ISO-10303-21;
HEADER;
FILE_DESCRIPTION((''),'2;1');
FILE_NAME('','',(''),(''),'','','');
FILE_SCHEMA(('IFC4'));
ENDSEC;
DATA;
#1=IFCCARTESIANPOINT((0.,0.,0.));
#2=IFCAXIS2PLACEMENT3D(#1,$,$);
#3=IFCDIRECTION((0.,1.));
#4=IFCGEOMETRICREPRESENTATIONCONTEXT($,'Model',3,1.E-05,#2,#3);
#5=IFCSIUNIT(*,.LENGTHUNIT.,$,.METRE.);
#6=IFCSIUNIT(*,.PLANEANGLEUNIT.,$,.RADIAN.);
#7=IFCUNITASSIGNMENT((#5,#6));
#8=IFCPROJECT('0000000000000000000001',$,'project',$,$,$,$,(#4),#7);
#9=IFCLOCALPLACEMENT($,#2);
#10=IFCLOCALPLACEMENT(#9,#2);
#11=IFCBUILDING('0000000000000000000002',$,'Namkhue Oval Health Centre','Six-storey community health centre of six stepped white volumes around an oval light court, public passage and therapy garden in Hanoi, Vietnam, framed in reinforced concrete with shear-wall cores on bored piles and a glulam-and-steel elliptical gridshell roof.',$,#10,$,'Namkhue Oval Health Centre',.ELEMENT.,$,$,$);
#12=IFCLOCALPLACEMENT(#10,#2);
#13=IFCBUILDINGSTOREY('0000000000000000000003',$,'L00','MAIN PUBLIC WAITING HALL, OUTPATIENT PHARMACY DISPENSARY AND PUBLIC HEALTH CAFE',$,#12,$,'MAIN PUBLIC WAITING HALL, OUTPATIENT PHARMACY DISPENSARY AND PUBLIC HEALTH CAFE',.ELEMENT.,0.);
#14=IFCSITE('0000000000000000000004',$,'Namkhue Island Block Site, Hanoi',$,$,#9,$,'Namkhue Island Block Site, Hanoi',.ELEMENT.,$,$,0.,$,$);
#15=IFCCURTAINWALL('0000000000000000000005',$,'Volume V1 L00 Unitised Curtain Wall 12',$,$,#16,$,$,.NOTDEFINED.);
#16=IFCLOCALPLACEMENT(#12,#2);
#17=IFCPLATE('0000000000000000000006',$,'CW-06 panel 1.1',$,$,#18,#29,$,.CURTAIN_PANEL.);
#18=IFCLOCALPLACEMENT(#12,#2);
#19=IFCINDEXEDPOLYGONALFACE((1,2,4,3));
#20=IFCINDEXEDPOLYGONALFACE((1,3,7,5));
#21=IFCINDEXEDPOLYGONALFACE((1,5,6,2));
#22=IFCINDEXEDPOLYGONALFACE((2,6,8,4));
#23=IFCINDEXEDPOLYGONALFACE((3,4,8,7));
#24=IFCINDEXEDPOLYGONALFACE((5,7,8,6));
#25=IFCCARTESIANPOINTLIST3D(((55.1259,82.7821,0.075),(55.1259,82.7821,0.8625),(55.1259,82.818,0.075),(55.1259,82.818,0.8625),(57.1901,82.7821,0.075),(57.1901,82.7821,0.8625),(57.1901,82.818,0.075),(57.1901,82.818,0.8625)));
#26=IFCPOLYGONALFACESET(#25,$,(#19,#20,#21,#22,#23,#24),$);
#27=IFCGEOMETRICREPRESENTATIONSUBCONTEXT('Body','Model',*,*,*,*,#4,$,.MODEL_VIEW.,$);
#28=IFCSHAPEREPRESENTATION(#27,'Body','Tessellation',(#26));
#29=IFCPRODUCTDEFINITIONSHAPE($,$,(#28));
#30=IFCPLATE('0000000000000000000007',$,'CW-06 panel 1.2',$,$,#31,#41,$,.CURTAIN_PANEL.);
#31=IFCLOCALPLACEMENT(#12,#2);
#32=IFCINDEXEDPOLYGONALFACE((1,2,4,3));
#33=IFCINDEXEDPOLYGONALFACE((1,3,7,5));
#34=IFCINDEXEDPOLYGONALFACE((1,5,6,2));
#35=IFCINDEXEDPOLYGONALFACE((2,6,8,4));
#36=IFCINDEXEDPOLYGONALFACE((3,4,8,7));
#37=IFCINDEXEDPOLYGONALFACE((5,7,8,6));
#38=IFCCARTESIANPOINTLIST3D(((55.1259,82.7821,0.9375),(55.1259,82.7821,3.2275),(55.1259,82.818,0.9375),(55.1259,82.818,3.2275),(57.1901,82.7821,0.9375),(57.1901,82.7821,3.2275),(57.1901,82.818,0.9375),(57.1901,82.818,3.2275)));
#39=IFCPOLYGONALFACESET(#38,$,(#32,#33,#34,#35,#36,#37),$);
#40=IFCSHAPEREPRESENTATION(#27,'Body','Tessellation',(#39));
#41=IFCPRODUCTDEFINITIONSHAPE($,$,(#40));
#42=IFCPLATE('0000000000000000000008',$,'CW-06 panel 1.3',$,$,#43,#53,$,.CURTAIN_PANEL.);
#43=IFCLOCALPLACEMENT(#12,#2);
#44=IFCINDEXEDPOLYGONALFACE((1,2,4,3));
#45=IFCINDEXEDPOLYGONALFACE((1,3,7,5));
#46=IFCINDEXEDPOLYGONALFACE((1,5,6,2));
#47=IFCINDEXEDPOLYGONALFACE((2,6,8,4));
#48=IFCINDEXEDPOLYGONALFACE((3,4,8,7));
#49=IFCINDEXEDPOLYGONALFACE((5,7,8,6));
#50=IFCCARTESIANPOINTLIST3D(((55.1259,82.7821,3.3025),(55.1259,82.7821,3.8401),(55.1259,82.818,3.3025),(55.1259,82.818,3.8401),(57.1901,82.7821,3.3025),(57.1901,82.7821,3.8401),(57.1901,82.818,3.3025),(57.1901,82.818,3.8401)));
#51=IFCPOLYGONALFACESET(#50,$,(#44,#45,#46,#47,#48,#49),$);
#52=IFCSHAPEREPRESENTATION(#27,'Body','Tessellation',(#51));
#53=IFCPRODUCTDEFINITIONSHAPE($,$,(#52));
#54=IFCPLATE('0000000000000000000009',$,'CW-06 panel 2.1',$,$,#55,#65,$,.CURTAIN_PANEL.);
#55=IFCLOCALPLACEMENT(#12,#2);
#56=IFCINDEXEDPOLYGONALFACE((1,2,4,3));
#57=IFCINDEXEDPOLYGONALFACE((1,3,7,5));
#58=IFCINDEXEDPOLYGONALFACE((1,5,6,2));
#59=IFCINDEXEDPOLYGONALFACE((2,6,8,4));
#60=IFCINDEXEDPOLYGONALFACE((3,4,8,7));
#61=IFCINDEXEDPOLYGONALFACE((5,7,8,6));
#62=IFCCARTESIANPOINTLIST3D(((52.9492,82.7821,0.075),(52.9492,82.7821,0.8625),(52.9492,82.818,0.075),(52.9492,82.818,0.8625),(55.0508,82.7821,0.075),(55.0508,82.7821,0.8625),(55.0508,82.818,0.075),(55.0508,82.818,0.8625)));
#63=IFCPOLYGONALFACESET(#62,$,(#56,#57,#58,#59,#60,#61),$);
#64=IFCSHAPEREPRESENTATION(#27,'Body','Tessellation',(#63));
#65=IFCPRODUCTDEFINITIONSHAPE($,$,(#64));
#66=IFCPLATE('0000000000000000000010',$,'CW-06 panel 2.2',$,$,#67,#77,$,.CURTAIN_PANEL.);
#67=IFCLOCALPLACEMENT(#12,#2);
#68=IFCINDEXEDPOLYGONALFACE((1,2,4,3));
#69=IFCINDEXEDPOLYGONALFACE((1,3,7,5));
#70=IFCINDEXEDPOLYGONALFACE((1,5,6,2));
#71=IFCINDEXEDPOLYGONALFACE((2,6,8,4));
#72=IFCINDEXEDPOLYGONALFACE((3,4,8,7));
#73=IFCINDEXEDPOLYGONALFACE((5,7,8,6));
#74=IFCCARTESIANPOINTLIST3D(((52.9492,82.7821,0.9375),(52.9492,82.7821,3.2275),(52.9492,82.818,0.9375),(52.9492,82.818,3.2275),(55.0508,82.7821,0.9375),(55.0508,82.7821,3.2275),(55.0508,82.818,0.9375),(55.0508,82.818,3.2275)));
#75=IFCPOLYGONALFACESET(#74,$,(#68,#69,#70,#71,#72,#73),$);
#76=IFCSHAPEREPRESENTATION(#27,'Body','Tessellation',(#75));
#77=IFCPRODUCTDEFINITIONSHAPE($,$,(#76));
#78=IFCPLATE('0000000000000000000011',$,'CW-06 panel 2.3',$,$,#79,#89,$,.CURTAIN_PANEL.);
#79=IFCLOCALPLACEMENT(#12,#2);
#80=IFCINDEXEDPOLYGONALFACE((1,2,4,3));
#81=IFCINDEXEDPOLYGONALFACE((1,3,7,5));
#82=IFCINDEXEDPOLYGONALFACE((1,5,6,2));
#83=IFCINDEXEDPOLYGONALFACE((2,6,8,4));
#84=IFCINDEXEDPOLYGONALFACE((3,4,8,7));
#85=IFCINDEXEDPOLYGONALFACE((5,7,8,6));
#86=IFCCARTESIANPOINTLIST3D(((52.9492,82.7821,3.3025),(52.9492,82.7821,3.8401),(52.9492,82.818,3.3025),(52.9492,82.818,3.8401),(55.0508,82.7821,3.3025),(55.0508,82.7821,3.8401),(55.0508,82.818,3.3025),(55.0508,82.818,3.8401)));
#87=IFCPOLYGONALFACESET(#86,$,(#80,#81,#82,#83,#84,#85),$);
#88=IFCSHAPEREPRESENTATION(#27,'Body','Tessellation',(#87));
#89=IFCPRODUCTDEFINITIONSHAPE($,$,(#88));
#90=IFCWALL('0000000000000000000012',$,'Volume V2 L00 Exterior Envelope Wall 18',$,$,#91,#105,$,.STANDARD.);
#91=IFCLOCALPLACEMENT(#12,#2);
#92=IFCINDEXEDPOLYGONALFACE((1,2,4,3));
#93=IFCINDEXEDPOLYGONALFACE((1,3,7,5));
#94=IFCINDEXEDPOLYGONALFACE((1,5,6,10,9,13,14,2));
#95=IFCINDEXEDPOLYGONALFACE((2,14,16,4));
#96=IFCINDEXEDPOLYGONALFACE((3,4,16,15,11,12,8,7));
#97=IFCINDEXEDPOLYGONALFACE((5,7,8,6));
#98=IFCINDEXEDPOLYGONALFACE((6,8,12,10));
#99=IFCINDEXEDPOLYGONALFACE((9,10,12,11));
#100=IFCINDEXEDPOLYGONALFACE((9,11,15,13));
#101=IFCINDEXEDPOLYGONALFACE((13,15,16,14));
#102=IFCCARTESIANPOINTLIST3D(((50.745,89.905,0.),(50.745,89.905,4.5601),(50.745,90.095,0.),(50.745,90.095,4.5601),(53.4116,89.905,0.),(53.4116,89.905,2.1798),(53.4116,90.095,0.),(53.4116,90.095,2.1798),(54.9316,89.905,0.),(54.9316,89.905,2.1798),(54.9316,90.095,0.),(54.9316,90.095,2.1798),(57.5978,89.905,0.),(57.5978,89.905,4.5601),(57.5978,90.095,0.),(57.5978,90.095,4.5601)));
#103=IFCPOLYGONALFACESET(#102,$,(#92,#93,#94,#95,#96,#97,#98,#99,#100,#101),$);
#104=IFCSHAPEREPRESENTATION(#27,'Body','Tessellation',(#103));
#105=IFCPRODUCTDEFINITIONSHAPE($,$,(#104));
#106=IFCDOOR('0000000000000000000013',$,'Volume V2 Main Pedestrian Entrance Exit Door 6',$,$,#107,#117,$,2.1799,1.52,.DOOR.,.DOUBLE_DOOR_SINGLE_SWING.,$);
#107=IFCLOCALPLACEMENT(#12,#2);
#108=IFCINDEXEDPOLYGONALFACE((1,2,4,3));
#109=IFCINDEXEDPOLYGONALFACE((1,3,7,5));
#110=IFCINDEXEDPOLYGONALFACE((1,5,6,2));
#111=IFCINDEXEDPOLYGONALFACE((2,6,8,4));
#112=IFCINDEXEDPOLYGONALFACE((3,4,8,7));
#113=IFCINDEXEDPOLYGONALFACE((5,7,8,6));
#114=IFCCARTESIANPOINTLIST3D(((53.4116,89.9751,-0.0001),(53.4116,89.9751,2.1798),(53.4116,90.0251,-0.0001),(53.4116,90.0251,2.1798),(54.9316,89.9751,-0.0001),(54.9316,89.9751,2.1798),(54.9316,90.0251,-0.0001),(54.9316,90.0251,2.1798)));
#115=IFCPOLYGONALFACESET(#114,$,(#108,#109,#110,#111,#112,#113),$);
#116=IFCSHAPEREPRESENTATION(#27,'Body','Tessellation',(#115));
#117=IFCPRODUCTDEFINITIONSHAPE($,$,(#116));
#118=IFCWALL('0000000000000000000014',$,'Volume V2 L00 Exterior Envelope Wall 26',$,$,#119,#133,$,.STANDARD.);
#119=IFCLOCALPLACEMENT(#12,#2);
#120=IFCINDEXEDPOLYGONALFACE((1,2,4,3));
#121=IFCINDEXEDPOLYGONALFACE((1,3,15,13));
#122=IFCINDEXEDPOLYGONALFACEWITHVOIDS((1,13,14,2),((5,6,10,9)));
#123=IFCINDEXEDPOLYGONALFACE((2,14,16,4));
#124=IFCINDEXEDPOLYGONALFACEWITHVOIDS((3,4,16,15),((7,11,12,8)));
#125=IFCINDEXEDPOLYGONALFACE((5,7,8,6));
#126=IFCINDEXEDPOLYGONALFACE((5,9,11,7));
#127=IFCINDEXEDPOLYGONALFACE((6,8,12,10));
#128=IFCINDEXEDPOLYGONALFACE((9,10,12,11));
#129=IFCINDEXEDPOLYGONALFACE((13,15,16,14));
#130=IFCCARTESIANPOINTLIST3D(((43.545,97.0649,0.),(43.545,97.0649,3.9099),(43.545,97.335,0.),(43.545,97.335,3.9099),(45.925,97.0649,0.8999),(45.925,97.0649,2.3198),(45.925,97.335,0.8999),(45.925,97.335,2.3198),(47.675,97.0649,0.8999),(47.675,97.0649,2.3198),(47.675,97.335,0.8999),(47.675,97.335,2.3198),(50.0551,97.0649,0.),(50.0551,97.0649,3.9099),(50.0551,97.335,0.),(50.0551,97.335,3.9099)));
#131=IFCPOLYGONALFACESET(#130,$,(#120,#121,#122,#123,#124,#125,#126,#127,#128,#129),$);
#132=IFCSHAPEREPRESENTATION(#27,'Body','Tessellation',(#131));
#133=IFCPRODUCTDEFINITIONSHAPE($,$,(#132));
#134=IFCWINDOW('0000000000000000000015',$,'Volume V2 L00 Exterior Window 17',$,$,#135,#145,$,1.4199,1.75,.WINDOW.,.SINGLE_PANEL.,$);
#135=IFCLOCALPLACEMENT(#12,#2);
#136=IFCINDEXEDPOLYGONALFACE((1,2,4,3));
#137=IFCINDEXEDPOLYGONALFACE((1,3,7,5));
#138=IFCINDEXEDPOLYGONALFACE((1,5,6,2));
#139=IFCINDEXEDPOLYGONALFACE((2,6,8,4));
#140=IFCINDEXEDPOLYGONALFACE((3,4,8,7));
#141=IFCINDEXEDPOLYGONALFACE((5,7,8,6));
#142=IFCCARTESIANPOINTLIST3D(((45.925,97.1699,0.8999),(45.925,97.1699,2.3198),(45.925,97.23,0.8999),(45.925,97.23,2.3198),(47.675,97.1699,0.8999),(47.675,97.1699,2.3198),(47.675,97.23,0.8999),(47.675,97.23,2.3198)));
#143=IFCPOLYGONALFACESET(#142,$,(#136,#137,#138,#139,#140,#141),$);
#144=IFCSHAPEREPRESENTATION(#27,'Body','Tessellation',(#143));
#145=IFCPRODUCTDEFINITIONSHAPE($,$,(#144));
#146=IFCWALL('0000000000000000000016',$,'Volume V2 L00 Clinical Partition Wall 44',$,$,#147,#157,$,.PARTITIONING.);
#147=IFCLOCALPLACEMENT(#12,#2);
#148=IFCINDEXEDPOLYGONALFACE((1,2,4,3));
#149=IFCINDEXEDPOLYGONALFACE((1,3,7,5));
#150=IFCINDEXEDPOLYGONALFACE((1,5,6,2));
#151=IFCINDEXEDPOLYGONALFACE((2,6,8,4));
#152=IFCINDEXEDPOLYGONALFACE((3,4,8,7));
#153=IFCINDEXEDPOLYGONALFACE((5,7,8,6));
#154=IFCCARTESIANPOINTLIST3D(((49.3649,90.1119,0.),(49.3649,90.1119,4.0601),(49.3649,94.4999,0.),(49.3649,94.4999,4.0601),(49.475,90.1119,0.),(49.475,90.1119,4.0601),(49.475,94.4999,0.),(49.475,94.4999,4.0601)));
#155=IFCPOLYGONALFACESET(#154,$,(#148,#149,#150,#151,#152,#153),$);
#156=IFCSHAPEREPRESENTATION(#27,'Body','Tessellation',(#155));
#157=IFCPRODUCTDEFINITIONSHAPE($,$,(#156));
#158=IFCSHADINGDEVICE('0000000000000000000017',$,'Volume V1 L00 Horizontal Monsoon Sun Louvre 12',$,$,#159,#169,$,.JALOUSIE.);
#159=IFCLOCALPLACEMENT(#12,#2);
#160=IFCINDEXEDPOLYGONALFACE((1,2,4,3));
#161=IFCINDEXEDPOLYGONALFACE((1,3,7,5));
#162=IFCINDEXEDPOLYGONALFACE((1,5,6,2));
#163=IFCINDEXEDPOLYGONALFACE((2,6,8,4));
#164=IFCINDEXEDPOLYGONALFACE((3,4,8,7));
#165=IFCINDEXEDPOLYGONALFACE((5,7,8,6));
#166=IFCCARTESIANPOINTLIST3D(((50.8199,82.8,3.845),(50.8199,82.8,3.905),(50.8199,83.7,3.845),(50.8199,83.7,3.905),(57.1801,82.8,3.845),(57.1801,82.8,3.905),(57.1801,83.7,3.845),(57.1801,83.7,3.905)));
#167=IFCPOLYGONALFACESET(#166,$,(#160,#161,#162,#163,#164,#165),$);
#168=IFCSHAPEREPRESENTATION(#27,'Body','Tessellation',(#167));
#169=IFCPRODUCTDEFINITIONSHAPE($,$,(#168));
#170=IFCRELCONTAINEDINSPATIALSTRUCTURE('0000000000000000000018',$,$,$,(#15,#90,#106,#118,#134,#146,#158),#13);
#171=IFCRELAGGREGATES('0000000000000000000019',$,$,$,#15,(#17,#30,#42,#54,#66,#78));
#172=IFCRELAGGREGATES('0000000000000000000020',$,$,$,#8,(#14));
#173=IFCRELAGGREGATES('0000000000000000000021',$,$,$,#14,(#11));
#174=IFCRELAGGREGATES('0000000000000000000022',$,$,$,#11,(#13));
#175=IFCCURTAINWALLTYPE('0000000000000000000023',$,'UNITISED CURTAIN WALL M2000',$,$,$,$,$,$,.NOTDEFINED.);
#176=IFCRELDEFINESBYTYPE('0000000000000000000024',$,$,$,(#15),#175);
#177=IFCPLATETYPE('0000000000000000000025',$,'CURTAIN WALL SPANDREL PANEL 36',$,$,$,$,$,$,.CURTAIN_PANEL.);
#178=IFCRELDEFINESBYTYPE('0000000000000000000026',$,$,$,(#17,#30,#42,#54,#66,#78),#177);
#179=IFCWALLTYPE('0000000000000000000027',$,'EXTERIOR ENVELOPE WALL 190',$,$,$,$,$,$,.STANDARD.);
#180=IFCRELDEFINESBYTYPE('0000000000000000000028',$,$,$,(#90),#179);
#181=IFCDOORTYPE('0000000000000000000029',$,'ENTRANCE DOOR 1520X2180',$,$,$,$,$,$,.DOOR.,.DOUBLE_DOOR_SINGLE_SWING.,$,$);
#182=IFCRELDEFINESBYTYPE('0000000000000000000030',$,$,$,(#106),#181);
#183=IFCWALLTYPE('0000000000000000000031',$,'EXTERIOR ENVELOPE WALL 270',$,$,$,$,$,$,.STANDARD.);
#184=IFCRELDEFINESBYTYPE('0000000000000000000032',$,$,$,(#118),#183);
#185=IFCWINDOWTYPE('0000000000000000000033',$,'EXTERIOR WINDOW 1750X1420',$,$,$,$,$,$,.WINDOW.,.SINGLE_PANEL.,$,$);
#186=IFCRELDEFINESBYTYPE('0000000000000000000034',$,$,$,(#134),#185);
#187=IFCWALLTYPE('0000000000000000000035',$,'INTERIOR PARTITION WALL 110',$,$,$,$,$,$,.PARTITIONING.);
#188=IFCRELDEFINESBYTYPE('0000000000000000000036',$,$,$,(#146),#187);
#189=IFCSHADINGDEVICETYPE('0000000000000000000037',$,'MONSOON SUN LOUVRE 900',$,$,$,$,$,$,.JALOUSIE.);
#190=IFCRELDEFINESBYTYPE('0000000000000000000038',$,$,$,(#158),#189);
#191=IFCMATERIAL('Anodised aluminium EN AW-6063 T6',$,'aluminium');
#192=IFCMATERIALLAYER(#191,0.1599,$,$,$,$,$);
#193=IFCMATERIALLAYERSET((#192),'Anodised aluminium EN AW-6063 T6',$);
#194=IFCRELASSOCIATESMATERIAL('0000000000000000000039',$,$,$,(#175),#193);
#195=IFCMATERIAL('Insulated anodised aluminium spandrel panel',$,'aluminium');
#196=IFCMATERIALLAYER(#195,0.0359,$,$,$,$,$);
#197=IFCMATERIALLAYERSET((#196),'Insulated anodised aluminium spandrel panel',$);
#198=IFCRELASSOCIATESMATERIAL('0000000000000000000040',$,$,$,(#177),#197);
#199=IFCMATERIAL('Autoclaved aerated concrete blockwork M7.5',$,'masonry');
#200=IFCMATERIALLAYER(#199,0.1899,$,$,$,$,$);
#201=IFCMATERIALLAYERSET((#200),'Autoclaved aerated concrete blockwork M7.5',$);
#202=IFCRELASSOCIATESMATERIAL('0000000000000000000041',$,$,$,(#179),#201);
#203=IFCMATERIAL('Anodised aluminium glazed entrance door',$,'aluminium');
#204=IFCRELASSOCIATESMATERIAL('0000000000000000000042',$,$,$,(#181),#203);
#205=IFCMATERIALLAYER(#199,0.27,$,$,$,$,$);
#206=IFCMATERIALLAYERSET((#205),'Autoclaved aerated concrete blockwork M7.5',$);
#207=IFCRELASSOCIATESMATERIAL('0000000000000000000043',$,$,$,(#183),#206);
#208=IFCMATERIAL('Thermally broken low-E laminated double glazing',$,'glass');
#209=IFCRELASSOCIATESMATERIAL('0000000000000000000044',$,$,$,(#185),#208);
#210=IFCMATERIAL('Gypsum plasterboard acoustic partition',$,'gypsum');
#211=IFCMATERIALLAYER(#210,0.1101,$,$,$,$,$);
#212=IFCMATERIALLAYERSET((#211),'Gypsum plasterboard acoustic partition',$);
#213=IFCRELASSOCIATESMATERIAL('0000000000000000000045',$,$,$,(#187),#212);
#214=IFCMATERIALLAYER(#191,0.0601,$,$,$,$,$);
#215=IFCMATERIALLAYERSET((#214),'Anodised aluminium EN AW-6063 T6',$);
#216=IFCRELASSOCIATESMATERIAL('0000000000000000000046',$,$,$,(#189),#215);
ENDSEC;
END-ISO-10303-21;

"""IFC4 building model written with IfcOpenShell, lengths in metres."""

from ifc_helpers import new_model, si_unit, direction, frame, frame_2d, origin, origin_2d, place, context, subcontext, project, spatial, rectangle, extrude, material, layer, layer_set, type_object, element, fill, aggregate, save


model = new_model("IFC4")

# Units and contexts
model_context = context("Model", 3, precision=1e-05, world=origin(), true_north=direction((0.0, 1.0)))
body_context = subcontext(model_context, "Body", "Model", "MODEL_VIEW")
ifc_project = project(units=[si_unit("LENGTHUNIT", "METRE"), si_unit("PLANEANGLEUNIT", "RADIAN")], contexts=[model_context])

# Site, building, storey
site_placement = place(None, origin())
site = spatial("IfcSite", under=ifc_project, at=site_placement, Name="Namkhue Island Block Site, Hanoi", LongName="Namkhue Island Block Site, Hanoi", CompositionType="ELEMENT", RefElevation=0.0)
building_placement = place(site_placement, origin())
building = spatial("IfcBuilding", under=site, at=building_placement, Name="Namkhue Oval Health Centre", Description="Six-storey community health centre of six stepped white volumes around an oval light court, public passage and therapy garden in Hanoi, Vietnam, framed in reinforced concrete with shear-wall cores on bored piles and a glulam-and-steel elliptical gridshell roof.", LongName="Namkhue Oval Health Centre", CompositionType="ELEMENT")
storey_placement = place(building_placement, origin())
storey = spatial("IfcBuildingStorey", under=building, at=storey_placement, Name="L00", Description="MAIN PUBLIC WAITING HALL, OUTPATIENT PHARMACY DISPENSARY AND PUBLIC HEALTH CAFE", LongName="MAIN PUBLIC WAITING HALL, OUTPATIENT PHARMACY DISPENSARY AND PUBLIC HEALTH CAFE", CompositionType="ELEMENT", Elevation=0.0)

# Curtain wall
ifc_material_1 = material(Name="Anodised aluminium EN AW-6063 T6", Category="aluminium")
ifc_layer_1 = layer(ifc_material_1, 0.1599)
ifc_layer_set_1 = layer_set([ifc_layer_1], Name="Anodised aluminium EN AW-6063 T6")
curtain_wall_type = type_object("IfcCurtainWallType", Name="UNITISED CURTAIN WALL M2000", PredefinedType="NOTDEFINED", material=ifc_layer_set_1)
curtain_wall_placement = place(storey_placement, origin())
curtain_wall = element("IfcCurtainWall", 1, at=curtain_wall_placement, inside=storey, type_object=curtain_wall_type, Name="Volume V1 L00 Unitised Curtain Wall 12", PredefinedType="NOTDEFINED")

# Plates
ifc_material_2 = material(Name="Insulated anodised aluminium spandrel panel", Category="aluminium")
ifc_layer_2 = layer(ifc_material_2, 0.0359)
ifc_layer_set_2 = layer_set([ifc_layer_2], Name="Insulated anodised aluminium spandrel panel")
plate_type = type_object("IfcPlateType", Name="CURTAIN WALL SPANDREL PANEL 36", PredefinedType="CURTAIN_PANEL", material=ifc_layer_set_2)
plate_1_placement = place(storey_placement, frame((56.158, 82.8, 0.075), z_axis=(0.0, 0.0, 1.0), x_axis=(-1.0, 0.0, 0.0)))
plate_1 = element("IfcPlate", 2, at=plate_1_placement, type_object=plate_type, Name="CW-06 panel 1.1", PredefinedType="CURTAIN_PANEL", context=body_context, shape_type="SweptSolid", body=[
    extrude(rectangle(XDim=2.0642, YDim=0.0359, at=origin_2d()), origin(), (0.0, 0.0, 1.0), 0.7876),
])
plate_2_placement = place(storey_placement, frame((56.158, 82.8, 0.9375), z_axis=(0.0, 0.0, 1.0), x_axis=(-1.0, 0.0, 0.0)))
plate_2 = element("IfcPlate", 3, at=plate_2_placement, type_object=plate_type, Name="CW-06 panel 1.2", PredefinedType="CURTAIN_PANEL", context=body_context, shape_type="SweptSolid", body=[
    extrude(rectangle(XDim=2.0642, YDim=0.0359, at=origin_2d()), origin(), (0.0, 0.0, 1.0), 2.29),
])
plate_3_placement = place(storey_placement, frame((56.158, 82.8, 3.3025), z_axis=(0.0, 0.0, 1.0), x_axis=(-1.0, 0.0, 0.0)))
plate_3 = element("IfcPlate", 4, at=plate_3_placement, type_object=plate_type, Name="CW-06 panel 1.3", PredefinedType="CURTAIN_PANEL", context=body_context, shape_type="SweptSolid", body=[
    extrude(rectangle(XDim=2.0642, YDim=0.0359, at=origin_2d()), origin(), (0.0, 0.0, 1.0), 0.5376),
])
plate_4_placement = place(storey_placement, frame((54.0, 82.8, 0.075), z_axis=(0.0, 0.0, 1.0), x_axis=(-1.0, 0.0, 0.0)))
plate_4 = element("IfcPlate", 5, at=plate_4_placement, type_object=plate_type, Name="CW-06 panel 2.1", PredefinedType="CURTAIN_PANEL", context=body_context, shape_type="SweptSolid", body=[
    extrude(rectangle(XDim=2.1016, YDim=0.0359, at=origin_2d()), origin(), (0.0, 0.0, 1.0), 0.7876),
])
plate_5_placement = place(storey_placement, frame((54.0, 82.8, 0.9375), z_axis=(0.0, 0.0, 1.0), x_axis=(-1.0, 0.0, 0.0)))
plate_5 = element("IfcPlate", 6, at=plate_5_placement, type_object=plate_type, Name="CW-06 panel 2.2", PredefinedType="CURTAIN_PANEL", context=body_context, shape_type="SweptSolid", body=[
    extrude(rectangle(XDim=2.1016, YDim=0.0359, at=origin_2d()), origin(), (0.0, 0.0, 1.0), 2.29),
])
plate_6_placement = place(storey_placement, frame((54.0, 82.8, 3.3025), z_axis=(0.0, 0.0, 1.0), x_axis=(-1.0, 0.0, 0.0)))
plate_6 = element("IfcPlate", 7, at=plate_6_placement, type_object=plate_type, Name="CW-06 panel 2.3", PredefinedType="CURTAIN_PANEL", context=body_context, shape_type="SweptSolid", body=[
    extrude(rectangle(XDim=2.1016, YDim=0.0359, at=origin_2d()), origin(), (0.0, 0.0, 1.0), 0.5376),
])
aggregate(curtain_wall, [plate_1, plate_2, plate_3, plate_4, plate_5, plate_6])

# Wall, opening, door
ifc_material_3 = material(Name="Autoclaved aerated concrete blockwork M7.5", Category="masonry")
ifc_layer_3 = layer(ifc_material_3, 0.1899)
ifc_layer_set_3 = layer_set([ifc_layer_3], Name="Autoclaved aerated concrete blockwork M7.5")
wall_type_1 = type_object("IfcWallType", Name="EXTERIOR ENVELOPE WALL 190", PredefinedType="STANDARD", material=ifc_layer_set_3)
wall_1_placement = place(storey_placement, frame((50.7451, 90.0, 0.0), z_axis=(0.0, 0.0, 1.0), x_axis=(1.0, 0.0, 0.0)))
wall_1 = element("IfcWall", 8, at=wall_1_placement, inside=storey, type_object=wall_type_1, Name="Volume V2 L00 Exterior Envelope Wall 18", PredefinedType="STANDARD", context=body_context, shape_type="SweptSolid", body=[
    extrude(rectangle(XDim=6.8528, YDim=0.1899, at=frame_2d((3.4263, 0.0))), origin(), (0.0, 0.0, 1.0), 4.5601),
])
opening_1_placement = place(wall_1_placement, frame((2.6665, 0.0, 0.0)))
opening_1 = element("IfcOpeningElement", 9, at=opening_1_placement, cuts=wall_1, PredefinedType="OPENING", context=body_context, shape_type="SweptSolid", body=[
    extrude(rectangle(XDim=1.52, YDim=2.1799, at=frame_2d((0.76, 1.0898))), frame((0.0, 0.105, 0.0), z_axis=(0.0, -1.0, 0.0), x_axis=(1.0, 0.0, 0.0)), (0.0, 0.0, 1.0), 0.21),
])
ifc_material_4 = material(Name="Anodised aluminium glazed entrance door", Category="aluminium")
door_type = type_object("IfcDoorType", Name="ENTRANCE DOOR 1520X2180", OperationType="DOUBLE_DOOR_SINGLE_SWING", PredefinedType="DOOR", material=ifc_material_4)
door_placement = place(opening_1_placement, frame((1.52, 0.0, 0.0), z_axis=(0.0, 0.0, 1.0), x_axis=(-1.0, 0.0, 0.0)))
door = element("IfcDoor", 10, at=door_placement, inside=storey, type_object=door_type, Name="Volume V2 Main Pedestrian Entrance Exit Door 6", OperationType="DOUBLE_DOOR_SINGLE_SWING", OverallHeight=2.1799, OverallWidth=1.52, PredefinedType="DOOR", context=body_context, shape_type="SweptSolid", body=[
    extrude(rectangle(XDim=1.52, YDim=2.1799, at=frame_2d((0.76, 1.0898))), frame((0.0, 0.0249, 0.0), z_axis=(0.0, -1.0, 0.0), x_axis=(1.0, 0.0, 0.0)), (0.0, 0.0, 1.0), 0.05),
])
fill(opening_1, door)

# Wall, opening, window
ifc_layer_4 = layer(ifc_material_3, 0.27)
ifc_layer_set_4 = layer_set([ifc_layer_4], Name="Autoclaved aerated concrete blockwork M7.5")
wall_type_2 = type_object("IfcWallType", Name="EXTERIOR ENVELOPE WALL 270", PredefinedType="STANDARD", material=ifc_layer_set_4)
wall_2_placement = place(storey_placement, frame((50.0549, 97.2, 0.0), z_axis=(0.0, 0.0, 1.0), x_axis=(-1.0, 0.0, 0.0)))
wall_2 = element("IfcWall", 11, at=wall_2_placement, inside=storey, type_object=wall_type_2, Name="Volume V2 L00 Exterior Envelope Wall 26", PredefinedType="STANDARD", context=body_context, shape_type="SweptSolid", body=[
    extrude(rectangle(XDim=6.51, YDim=0.27, at=frame_2d((3.2549, 0.0))), origin(), (0.0, 0.0, 1.0), 3.9099),
])
opening_2_placement = place(wall_2_placement, frame((2.3799, 0.0, 0.8999)))
opening_2 = element("IfcOpeningElement", 12, at=opening_2_placement, cuts=wall_2, PredefinedType="OPENING", context=body_context, shape_type="SweptSolid", body=[
    extrude(rectangle(XDim=1.75, YDim=1.4199, at=frame_2d((0.875, 0.71))), frame((0.0, 0.145, 0.0), z_axis=(0.0, -1.0, 0.0), x_axis=(1.0, 0.0, 0.0)), (0.0, 0.0, 1.0), 0.29),
])
ifc_material_5 = material(Name="Thermally broken low-E laminated double glazing", Category="glass")
window_type = type_object("IfcWindowType", Name="EXTERIOR WINDOW 1750X1420", PartitioningType="SINGLE_PANEL", PredefinedType="WINDOW", material=ifc_material_5)
window_placement = place(opening_2_placement, origin())
window = element("IfcWindow", 13, at=window_placement, inside=storey, type_object=window_type, Name="Volume V2 L00 Exterior Window 17", OverallHeight=1.4199, OverallWidth=1.75, PartitioningType="SINGLE_PANEL", PredefinedType="WINDOW", context=body_context, shape_type="SweptSolid", body=[
    extrude(rectangle(XDim=1.75, YDim=1.4199, at=frame_2d((0.875, 0.71))), frame((0.0, 0.03, 0.0), z_axis=(0.0, -1.0, 0.0), x_axis=(1.0, 0.0, 0.0)), (0.0, 0.0, 1.0), 0.0601),
])
fill(opening_2, window)

# Wall
ifc_material_6 = material(Name="Gypsum plasterboard acoustic partition", Category="gypsum")
ifc_layer_5 = layer(ifc_material_6, 0.1101)
ifc_layer_set_5 = layer_set([ifc_layer_5], Name="Gypsum plasterboard acoustic partition")
wall_type_3 = type_object("IfcWallType", Name="INTERIOR PARTITION WALL 110", PredefinedType="PARTITIONING", material=ifc_layer_set_5)
wall_3_placement = place(storey_placement, frame((49.4199, 90.1121, 0.0), z_axis=(0.0, 0.0, 1.0), x_axis=(0.0, 1.0, 0.0)))
element("IfcWall", 14, at=wall_3_placement, inside=storey, type_object=wall_type_3, Name="Volume V2 L00 Clinical Partition Wall 44", PredefinedType="PARTITIONING", context=body_context, shape_type="SweptSolid", body=[
    extrude(rectangle(XDim=4.3879, YDim=0.1101, at=frame_2d((2.1938, 0.0))), origin(), (0.0, 0.0, 1.0), 4.0601),
])

# Shading device
ifc_layer_6 = layer(ifc_material_1, 0.0601)
ifc_layer_set_6 = layer_set([ifc_layer_6], Name="Anodised aluminium EN AW-6063 T6")
shading_device_type = type_object("IfcShadingDeviceType", Name="MONSOON SUN LOUVRE 900", PredefinedType="JALOUSIE", material=ifc_layer_set_6)
shading_device_placement = place(storey_placement, frame((54.0, 83.25, 3.845), z_axis=(0.0, 0.0, 1.0), x_axis=(-1.0, 0.0, 0.0)))
element("IfcShadingDevice", 15, at=shading_device_placement, inside=storey, type_object=shading_device_type, Name="Volume V1 L00 Horizontal Monsoon Sun Louvre 12", PredefinedType="JALOUSIE", context=body_context, shape_type="SweptSolid", body=[
    extrude(rectangle(XDim=6.3601, YDim=0.8999, at=origin_2d()), origin(), (0.0, 0.0, 1.0), 0.0601),
])

save(model, "model.ifc")
